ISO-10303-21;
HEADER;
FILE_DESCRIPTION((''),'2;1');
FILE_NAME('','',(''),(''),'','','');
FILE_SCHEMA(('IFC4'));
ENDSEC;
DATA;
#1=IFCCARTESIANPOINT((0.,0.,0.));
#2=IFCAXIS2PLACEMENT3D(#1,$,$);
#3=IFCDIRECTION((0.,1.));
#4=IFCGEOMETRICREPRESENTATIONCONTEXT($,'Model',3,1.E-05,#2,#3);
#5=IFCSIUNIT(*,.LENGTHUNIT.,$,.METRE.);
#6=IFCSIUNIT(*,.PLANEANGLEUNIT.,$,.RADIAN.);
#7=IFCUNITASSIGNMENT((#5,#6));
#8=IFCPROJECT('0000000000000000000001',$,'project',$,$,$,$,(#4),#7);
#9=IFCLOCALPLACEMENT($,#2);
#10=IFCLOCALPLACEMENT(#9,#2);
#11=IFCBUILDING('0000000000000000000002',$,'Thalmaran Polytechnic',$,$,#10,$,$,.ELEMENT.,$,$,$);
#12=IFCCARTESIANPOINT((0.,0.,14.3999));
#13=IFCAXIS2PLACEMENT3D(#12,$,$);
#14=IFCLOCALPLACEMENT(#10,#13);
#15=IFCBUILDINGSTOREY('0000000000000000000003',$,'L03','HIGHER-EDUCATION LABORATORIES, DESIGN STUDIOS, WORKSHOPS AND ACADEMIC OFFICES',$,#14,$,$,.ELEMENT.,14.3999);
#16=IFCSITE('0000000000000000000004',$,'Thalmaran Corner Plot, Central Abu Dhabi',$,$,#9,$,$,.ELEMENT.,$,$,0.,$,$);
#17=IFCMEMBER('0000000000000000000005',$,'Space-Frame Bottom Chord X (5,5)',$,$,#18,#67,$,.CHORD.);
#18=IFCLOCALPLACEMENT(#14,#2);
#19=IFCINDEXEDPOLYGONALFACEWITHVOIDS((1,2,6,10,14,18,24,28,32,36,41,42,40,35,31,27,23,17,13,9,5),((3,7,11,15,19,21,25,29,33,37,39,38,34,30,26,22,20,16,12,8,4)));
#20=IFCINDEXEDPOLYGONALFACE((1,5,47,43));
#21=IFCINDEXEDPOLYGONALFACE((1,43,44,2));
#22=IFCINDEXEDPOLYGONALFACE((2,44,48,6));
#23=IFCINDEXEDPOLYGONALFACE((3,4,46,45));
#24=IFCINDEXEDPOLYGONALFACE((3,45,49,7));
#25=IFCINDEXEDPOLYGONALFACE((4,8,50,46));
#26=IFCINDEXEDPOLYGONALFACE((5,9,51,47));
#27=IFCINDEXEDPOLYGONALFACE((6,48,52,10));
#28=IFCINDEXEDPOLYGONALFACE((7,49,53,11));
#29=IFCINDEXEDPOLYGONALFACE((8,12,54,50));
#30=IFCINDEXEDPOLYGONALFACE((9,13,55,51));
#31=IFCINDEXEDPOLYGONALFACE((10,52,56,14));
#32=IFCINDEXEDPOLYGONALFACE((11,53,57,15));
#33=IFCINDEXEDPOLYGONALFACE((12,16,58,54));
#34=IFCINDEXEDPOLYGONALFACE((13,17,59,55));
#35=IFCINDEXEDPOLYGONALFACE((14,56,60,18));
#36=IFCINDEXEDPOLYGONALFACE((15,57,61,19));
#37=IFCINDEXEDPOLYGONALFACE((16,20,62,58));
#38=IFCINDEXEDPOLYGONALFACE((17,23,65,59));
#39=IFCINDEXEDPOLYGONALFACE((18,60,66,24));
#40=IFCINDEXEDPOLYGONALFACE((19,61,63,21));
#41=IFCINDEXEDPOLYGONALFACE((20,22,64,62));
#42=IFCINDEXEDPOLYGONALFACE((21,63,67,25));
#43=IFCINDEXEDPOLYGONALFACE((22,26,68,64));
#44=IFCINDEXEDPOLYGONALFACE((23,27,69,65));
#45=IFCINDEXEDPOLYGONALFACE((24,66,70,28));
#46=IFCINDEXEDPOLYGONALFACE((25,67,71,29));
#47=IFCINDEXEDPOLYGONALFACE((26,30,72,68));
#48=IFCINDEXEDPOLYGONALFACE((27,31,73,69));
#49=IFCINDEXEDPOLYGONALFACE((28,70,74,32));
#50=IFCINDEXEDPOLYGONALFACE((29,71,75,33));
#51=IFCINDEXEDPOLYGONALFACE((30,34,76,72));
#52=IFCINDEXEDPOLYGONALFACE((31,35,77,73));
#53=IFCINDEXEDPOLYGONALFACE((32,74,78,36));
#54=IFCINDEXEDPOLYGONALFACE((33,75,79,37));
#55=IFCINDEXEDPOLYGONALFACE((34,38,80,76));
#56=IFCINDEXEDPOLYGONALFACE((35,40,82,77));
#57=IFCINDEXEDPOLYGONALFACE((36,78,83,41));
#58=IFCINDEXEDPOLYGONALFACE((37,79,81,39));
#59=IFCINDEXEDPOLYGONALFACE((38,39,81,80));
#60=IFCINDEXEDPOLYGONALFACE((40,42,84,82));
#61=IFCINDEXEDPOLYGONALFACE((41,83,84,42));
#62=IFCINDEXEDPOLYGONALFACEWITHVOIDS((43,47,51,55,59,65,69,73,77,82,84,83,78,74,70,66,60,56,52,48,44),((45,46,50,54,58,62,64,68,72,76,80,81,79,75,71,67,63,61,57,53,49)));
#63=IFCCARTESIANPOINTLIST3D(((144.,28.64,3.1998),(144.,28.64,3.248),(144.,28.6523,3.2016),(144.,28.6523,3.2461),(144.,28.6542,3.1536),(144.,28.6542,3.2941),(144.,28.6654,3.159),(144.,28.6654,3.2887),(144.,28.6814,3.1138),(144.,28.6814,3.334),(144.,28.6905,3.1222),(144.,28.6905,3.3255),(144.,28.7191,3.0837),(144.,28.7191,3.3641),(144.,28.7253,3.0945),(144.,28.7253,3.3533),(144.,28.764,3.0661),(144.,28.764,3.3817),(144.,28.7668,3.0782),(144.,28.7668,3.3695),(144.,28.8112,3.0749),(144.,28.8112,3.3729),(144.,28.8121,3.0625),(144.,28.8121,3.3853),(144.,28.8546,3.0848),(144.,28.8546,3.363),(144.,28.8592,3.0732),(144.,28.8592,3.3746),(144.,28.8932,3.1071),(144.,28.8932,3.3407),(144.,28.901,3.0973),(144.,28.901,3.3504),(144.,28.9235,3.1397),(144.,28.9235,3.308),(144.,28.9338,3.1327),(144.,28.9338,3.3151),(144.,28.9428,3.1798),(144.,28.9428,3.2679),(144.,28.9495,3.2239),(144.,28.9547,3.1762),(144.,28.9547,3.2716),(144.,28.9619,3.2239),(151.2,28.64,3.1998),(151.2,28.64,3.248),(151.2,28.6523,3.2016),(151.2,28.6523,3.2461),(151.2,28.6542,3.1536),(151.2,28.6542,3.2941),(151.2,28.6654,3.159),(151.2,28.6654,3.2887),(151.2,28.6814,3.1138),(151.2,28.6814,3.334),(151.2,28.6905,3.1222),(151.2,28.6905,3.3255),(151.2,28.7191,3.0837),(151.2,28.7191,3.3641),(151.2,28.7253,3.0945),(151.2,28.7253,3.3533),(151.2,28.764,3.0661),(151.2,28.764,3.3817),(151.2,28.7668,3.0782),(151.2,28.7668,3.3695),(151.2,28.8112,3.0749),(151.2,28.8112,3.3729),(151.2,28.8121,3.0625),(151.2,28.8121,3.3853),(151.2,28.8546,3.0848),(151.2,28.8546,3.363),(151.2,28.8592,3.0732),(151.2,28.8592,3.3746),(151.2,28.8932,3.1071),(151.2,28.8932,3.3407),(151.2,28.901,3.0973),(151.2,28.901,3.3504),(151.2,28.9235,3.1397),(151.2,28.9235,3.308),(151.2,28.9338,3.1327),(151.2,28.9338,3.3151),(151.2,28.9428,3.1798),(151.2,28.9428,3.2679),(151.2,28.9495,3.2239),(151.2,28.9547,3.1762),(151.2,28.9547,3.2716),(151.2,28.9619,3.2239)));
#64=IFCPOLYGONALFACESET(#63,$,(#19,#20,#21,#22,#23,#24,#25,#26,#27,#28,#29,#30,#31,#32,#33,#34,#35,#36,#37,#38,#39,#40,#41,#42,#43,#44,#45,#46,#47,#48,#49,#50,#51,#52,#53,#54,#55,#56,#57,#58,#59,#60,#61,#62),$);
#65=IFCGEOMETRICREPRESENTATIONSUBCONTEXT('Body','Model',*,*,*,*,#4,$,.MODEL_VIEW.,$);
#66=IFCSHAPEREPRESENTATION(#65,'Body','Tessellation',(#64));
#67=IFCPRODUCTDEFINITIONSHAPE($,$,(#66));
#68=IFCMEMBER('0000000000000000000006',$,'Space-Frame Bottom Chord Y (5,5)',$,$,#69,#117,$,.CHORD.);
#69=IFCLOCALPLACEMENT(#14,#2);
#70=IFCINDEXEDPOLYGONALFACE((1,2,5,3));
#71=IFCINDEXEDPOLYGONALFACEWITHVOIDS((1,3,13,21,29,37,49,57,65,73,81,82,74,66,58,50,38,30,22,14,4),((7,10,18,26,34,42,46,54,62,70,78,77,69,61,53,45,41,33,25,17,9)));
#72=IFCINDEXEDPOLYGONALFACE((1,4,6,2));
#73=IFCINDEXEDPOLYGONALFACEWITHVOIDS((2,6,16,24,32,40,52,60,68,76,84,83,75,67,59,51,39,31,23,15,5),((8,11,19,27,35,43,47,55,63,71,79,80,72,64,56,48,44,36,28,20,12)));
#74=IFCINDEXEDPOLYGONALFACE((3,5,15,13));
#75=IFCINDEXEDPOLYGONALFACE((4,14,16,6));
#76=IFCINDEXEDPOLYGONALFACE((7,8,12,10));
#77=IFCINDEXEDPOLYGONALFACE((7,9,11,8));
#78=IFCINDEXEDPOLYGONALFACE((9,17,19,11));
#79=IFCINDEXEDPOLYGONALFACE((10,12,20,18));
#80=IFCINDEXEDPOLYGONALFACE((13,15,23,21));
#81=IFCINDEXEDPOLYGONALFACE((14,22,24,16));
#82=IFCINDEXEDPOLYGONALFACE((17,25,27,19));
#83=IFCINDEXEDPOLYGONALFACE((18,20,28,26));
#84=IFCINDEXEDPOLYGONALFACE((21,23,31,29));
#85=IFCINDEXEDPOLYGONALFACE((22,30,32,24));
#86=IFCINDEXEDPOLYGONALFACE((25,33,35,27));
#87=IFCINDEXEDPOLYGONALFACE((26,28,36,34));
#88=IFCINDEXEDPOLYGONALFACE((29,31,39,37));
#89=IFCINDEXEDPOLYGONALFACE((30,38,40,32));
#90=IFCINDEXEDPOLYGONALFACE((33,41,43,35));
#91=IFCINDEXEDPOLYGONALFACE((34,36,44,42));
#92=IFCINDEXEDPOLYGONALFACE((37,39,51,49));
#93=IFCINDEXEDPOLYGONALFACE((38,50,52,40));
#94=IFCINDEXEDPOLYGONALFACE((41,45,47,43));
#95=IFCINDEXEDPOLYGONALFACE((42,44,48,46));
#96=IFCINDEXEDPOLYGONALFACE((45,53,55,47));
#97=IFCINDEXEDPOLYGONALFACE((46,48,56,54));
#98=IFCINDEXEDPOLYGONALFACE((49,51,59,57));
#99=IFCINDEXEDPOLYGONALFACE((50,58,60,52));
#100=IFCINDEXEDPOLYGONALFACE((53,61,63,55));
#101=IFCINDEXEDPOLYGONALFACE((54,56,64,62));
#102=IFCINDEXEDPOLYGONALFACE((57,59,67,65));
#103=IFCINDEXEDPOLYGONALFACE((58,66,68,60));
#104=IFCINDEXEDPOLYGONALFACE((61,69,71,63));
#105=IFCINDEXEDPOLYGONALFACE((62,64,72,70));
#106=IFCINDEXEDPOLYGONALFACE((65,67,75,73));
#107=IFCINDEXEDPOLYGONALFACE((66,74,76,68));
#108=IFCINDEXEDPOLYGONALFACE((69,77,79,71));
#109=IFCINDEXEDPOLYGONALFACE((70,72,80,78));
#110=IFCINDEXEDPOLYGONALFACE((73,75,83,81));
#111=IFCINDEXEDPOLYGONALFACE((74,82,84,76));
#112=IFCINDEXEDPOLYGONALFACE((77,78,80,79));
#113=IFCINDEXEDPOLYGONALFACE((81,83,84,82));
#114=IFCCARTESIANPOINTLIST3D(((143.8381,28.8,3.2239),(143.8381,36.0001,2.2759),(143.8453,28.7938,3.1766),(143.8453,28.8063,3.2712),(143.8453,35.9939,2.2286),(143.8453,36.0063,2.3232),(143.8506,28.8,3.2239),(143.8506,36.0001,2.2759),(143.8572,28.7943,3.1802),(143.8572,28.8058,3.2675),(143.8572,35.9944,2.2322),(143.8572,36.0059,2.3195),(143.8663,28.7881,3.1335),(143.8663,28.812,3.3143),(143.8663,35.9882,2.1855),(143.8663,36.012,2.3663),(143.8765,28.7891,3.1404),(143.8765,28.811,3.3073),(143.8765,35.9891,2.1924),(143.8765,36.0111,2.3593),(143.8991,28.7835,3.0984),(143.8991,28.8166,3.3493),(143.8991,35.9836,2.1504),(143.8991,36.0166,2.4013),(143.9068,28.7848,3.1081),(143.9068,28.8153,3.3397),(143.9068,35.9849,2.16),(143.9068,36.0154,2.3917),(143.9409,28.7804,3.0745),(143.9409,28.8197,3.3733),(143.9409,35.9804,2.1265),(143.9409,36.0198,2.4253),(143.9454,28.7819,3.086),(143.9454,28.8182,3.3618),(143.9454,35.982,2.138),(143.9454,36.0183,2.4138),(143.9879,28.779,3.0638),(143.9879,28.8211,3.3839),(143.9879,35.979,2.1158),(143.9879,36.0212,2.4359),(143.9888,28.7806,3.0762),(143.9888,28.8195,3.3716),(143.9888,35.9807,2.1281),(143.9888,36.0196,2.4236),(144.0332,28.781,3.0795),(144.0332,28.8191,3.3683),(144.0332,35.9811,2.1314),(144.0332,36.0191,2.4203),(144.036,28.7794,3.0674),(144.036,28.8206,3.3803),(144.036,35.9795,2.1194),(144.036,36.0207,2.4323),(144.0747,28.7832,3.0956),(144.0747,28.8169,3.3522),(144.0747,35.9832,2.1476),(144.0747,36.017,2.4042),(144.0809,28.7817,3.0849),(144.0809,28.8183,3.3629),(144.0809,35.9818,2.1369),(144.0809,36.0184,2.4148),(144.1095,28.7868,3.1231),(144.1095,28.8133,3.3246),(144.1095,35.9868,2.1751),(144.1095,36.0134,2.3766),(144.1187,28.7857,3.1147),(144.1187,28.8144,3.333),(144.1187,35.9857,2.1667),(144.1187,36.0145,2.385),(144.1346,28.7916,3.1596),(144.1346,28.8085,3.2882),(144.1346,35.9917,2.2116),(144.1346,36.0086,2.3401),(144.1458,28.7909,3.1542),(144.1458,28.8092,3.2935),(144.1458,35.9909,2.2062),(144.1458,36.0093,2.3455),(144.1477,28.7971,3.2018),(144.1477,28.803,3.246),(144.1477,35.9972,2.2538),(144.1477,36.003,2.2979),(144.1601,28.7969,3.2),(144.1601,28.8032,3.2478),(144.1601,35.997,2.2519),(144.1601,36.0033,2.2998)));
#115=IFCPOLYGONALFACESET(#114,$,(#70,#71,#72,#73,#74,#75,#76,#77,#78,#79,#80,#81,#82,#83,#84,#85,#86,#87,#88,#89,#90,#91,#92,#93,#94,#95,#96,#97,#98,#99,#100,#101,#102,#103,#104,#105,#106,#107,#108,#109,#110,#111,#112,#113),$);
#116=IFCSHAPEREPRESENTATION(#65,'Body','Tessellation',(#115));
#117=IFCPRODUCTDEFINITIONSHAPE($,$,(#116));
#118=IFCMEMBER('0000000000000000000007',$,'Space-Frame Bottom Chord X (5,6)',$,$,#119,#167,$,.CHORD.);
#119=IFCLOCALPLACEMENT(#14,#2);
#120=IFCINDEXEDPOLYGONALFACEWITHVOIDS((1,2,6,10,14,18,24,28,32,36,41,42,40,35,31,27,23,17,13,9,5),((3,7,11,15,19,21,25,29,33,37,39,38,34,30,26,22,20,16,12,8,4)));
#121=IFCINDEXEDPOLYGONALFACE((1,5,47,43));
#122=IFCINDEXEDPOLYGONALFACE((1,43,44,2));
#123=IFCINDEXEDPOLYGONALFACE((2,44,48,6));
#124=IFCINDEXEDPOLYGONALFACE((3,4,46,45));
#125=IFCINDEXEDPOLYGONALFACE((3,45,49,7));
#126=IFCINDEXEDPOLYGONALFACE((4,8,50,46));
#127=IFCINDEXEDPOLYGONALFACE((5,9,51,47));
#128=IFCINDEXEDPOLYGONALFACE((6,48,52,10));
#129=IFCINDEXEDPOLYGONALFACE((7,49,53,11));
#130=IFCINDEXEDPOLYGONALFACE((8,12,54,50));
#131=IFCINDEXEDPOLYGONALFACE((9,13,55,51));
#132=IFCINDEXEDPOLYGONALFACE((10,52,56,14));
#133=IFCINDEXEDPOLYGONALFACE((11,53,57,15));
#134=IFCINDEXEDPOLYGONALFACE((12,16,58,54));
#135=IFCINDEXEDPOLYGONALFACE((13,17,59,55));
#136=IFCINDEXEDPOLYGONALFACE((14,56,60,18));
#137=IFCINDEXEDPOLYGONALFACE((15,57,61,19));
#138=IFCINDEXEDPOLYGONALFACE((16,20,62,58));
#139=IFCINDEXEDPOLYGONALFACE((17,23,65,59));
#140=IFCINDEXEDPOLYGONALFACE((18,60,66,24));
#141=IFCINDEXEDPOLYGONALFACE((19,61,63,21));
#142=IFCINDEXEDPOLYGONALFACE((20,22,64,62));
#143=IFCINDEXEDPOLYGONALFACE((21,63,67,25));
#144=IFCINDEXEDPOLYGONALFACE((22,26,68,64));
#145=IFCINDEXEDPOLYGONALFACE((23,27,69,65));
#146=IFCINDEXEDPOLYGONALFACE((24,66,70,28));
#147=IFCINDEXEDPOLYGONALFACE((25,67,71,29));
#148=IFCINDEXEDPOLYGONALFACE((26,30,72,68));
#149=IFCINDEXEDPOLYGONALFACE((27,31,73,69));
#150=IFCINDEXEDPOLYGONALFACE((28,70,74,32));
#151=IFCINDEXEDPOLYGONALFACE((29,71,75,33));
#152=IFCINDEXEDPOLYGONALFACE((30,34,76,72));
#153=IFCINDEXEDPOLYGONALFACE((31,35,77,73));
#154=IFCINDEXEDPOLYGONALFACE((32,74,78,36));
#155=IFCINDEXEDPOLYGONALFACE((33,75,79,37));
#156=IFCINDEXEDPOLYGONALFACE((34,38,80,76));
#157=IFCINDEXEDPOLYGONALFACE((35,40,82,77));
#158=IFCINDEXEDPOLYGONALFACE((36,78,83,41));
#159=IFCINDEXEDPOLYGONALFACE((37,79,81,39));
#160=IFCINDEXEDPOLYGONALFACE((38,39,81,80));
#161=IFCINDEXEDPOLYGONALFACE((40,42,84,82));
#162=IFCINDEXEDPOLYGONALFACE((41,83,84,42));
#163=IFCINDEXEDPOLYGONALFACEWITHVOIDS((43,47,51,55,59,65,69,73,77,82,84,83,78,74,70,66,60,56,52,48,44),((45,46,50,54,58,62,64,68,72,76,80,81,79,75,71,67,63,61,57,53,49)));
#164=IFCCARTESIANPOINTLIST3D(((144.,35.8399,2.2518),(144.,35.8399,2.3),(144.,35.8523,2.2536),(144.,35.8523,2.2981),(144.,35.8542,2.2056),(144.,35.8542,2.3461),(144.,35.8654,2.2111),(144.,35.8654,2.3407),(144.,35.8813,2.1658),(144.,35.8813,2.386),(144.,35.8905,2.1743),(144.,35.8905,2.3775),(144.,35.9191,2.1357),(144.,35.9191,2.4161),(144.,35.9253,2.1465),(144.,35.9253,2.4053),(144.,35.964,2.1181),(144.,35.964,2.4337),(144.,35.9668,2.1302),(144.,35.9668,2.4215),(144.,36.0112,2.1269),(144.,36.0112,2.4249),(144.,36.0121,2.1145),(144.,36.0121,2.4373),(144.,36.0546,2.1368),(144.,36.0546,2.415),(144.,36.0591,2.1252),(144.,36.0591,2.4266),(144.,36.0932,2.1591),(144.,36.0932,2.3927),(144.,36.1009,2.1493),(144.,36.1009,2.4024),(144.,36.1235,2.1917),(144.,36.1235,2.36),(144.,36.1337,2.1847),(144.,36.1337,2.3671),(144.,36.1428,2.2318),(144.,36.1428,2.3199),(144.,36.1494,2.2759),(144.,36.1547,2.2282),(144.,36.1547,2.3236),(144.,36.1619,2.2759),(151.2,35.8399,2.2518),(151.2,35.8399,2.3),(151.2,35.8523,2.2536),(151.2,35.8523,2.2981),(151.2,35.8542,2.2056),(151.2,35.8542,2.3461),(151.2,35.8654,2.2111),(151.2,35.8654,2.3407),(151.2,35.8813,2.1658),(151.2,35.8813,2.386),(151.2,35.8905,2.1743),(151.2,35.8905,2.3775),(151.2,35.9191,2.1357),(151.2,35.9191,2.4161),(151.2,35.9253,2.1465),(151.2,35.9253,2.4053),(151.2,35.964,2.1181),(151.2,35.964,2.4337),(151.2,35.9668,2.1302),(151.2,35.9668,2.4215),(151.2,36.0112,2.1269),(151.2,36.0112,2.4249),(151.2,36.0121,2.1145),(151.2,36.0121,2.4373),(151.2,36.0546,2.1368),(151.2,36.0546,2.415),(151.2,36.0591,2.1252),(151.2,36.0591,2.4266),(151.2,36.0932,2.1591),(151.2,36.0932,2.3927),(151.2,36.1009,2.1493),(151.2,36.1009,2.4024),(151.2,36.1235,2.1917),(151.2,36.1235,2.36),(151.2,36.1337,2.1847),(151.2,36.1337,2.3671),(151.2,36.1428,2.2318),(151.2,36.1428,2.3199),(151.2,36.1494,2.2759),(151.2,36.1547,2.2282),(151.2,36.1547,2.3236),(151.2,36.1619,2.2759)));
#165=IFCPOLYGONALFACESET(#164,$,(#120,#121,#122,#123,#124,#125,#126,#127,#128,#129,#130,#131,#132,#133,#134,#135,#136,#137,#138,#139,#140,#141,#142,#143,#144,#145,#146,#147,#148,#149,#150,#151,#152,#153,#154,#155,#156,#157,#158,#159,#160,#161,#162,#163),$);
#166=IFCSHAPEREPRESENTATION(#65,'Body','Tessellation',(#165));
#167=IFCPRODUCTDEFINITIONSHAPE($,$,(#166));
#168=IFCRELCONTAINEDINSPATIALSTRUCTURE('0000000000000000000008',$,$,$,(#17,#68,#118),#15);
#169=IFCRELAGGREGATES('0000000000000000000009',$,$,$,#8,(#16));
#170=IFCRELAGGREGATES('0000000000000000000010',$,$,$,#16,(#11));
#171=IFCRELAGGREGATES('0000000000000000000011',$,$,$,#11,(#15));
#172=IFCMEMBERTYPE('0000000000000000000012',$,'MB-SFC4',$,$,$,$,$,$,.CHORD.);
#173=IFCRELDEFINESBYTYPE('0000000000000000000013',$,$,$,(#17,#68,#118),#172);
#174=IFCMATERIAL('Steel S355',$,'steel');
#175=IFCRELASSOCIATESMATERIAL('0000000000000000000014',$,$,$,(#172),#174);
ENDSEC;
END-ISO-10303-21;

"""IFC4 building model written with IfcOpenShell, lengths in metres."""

from ifc_helpers import new_model, si_unit, direction, frame, origin, origin_2d, place, context, subcontext, project, spatial, hollow_circle, extrude, material, material_profile, profile_set, type_object, element, save


model = new_model("IFC4")

# Units and contexts
model_context = context("Model", 3, precision=1e-05, world=origin(), true_north=direction((0.0, 1.0)))
body_context = subcontext(model_context, "Body", "Model", "MODEL_VIEW")
ifc_project = project(units=[si_unit("LENGTHUNIT", "METRE"), si_unit("PLANEANGLEUNIT", "RADIAN")], contexts=[model_context])

# Site, building, storey
site_placement = place(None, origin())
site = spatial("IfcSite", under=ifc_project, at=site_placement, Name="Thalmaran Corner Plot, Central Abu Dhabi", CompositionType="ELEMENT", RefElevation=0.0)
building_placement = place(site_placement, origin())
building = spatial("IfcBuilding", under=site, at=building_placement, Name="Thalmaran Polytechnic", CompositionType="ELEMENT")
storey_placement = place(building_placement, frame((0.0, 0.0, 14.3999)))
storey = spatial("IfcBuildingStorey", under=building, at=storey_placement, Name="L03", Description="HIGHER-EDUCATION LABORATORIES, DESIGN STUDIOS, WORKSHOPS AND ACADEMIC OFFICES", CompositionType="ELEMENT", Elevation=14.3999)

# Members
ifc_material = material(Name="Steel S355", Category="steel")
ifc_material_profile_1 = material_profile(ifc_material, hollow_circle(Radius=0.1619, WallThickness=0.0125, at=origin_2d()), Name="CHS 323.9x12.5")
ifc_profile_set_1 = profile_set([ifc_material_profile_1], Name="Steel S355")
member_type_1 = type_object("IfcMemberType", Name="MB-SFC4", PredefinedType="CHORD", material=ifc_profile_set_1)
member_1_placement = place(storey_placement, frame((144.0, 28.8, 3.2239), z_axis=(1.0, 0.0, 0.0), x_axis=(0.0, 1.0, 0.0)))
element("IfcMember", 1, at=member_1_placement, inside=storey, type_object=member_type_1, Name="Space-Frame Bottom Chord X (5,5)", PredefinedType="CHORD", context=body_context, shape_type="SweptSolid", body=[
    extrude(hollow_circle(Radius=0.1619, WallThickness=0.0125, at=origin_2d()), origin(), (0.0, 0.0, 1.0), 7.2),
])
member_2_placement = place(storey_placement, frame((144.0, 28.8, 3.2239), z_axis=(0.0, 0.991443, -0.130541), x_axis=(-1.0, 0.0, 0.0)))
element("IfcMember", 2, at=member_2_placement, inside=storey, type_object=member_type_1, Name="Space-Frame Bottom Chord Y (5,5)", PredefinedType="CHORD", context=body_context, shape_type="SweptSolid", body=[
    extrude(hollow_circle(Radius=0.1619, WallThickness=0.0125, at=origin_2d()), origin(), (0.0, 0.0, 1.0), 7.2622),
])
member_3_placement = place(storey_placement, frame((144.0, 36.0, 2.2759), z_axis=(1.0, 0.0, 0.0), x_axis=(0.0, 1.0, 0.0)))
element("IfcMember", 3, at=member_3_placement, inside=storey, type_object=member_type_1, Name="Space-Frame Bottom Chord X (5,6)", PredefinedType="CHORD", context=body_context, shape_type="SweptSolid", body=[
    extrude(hollow_circle(Radius=0.1619, WallThickness=0.0125, at=origin_2d()), origin(), (0.0, 0.0, 1.0), 7.2),
])

save(model, "model.ifc")
